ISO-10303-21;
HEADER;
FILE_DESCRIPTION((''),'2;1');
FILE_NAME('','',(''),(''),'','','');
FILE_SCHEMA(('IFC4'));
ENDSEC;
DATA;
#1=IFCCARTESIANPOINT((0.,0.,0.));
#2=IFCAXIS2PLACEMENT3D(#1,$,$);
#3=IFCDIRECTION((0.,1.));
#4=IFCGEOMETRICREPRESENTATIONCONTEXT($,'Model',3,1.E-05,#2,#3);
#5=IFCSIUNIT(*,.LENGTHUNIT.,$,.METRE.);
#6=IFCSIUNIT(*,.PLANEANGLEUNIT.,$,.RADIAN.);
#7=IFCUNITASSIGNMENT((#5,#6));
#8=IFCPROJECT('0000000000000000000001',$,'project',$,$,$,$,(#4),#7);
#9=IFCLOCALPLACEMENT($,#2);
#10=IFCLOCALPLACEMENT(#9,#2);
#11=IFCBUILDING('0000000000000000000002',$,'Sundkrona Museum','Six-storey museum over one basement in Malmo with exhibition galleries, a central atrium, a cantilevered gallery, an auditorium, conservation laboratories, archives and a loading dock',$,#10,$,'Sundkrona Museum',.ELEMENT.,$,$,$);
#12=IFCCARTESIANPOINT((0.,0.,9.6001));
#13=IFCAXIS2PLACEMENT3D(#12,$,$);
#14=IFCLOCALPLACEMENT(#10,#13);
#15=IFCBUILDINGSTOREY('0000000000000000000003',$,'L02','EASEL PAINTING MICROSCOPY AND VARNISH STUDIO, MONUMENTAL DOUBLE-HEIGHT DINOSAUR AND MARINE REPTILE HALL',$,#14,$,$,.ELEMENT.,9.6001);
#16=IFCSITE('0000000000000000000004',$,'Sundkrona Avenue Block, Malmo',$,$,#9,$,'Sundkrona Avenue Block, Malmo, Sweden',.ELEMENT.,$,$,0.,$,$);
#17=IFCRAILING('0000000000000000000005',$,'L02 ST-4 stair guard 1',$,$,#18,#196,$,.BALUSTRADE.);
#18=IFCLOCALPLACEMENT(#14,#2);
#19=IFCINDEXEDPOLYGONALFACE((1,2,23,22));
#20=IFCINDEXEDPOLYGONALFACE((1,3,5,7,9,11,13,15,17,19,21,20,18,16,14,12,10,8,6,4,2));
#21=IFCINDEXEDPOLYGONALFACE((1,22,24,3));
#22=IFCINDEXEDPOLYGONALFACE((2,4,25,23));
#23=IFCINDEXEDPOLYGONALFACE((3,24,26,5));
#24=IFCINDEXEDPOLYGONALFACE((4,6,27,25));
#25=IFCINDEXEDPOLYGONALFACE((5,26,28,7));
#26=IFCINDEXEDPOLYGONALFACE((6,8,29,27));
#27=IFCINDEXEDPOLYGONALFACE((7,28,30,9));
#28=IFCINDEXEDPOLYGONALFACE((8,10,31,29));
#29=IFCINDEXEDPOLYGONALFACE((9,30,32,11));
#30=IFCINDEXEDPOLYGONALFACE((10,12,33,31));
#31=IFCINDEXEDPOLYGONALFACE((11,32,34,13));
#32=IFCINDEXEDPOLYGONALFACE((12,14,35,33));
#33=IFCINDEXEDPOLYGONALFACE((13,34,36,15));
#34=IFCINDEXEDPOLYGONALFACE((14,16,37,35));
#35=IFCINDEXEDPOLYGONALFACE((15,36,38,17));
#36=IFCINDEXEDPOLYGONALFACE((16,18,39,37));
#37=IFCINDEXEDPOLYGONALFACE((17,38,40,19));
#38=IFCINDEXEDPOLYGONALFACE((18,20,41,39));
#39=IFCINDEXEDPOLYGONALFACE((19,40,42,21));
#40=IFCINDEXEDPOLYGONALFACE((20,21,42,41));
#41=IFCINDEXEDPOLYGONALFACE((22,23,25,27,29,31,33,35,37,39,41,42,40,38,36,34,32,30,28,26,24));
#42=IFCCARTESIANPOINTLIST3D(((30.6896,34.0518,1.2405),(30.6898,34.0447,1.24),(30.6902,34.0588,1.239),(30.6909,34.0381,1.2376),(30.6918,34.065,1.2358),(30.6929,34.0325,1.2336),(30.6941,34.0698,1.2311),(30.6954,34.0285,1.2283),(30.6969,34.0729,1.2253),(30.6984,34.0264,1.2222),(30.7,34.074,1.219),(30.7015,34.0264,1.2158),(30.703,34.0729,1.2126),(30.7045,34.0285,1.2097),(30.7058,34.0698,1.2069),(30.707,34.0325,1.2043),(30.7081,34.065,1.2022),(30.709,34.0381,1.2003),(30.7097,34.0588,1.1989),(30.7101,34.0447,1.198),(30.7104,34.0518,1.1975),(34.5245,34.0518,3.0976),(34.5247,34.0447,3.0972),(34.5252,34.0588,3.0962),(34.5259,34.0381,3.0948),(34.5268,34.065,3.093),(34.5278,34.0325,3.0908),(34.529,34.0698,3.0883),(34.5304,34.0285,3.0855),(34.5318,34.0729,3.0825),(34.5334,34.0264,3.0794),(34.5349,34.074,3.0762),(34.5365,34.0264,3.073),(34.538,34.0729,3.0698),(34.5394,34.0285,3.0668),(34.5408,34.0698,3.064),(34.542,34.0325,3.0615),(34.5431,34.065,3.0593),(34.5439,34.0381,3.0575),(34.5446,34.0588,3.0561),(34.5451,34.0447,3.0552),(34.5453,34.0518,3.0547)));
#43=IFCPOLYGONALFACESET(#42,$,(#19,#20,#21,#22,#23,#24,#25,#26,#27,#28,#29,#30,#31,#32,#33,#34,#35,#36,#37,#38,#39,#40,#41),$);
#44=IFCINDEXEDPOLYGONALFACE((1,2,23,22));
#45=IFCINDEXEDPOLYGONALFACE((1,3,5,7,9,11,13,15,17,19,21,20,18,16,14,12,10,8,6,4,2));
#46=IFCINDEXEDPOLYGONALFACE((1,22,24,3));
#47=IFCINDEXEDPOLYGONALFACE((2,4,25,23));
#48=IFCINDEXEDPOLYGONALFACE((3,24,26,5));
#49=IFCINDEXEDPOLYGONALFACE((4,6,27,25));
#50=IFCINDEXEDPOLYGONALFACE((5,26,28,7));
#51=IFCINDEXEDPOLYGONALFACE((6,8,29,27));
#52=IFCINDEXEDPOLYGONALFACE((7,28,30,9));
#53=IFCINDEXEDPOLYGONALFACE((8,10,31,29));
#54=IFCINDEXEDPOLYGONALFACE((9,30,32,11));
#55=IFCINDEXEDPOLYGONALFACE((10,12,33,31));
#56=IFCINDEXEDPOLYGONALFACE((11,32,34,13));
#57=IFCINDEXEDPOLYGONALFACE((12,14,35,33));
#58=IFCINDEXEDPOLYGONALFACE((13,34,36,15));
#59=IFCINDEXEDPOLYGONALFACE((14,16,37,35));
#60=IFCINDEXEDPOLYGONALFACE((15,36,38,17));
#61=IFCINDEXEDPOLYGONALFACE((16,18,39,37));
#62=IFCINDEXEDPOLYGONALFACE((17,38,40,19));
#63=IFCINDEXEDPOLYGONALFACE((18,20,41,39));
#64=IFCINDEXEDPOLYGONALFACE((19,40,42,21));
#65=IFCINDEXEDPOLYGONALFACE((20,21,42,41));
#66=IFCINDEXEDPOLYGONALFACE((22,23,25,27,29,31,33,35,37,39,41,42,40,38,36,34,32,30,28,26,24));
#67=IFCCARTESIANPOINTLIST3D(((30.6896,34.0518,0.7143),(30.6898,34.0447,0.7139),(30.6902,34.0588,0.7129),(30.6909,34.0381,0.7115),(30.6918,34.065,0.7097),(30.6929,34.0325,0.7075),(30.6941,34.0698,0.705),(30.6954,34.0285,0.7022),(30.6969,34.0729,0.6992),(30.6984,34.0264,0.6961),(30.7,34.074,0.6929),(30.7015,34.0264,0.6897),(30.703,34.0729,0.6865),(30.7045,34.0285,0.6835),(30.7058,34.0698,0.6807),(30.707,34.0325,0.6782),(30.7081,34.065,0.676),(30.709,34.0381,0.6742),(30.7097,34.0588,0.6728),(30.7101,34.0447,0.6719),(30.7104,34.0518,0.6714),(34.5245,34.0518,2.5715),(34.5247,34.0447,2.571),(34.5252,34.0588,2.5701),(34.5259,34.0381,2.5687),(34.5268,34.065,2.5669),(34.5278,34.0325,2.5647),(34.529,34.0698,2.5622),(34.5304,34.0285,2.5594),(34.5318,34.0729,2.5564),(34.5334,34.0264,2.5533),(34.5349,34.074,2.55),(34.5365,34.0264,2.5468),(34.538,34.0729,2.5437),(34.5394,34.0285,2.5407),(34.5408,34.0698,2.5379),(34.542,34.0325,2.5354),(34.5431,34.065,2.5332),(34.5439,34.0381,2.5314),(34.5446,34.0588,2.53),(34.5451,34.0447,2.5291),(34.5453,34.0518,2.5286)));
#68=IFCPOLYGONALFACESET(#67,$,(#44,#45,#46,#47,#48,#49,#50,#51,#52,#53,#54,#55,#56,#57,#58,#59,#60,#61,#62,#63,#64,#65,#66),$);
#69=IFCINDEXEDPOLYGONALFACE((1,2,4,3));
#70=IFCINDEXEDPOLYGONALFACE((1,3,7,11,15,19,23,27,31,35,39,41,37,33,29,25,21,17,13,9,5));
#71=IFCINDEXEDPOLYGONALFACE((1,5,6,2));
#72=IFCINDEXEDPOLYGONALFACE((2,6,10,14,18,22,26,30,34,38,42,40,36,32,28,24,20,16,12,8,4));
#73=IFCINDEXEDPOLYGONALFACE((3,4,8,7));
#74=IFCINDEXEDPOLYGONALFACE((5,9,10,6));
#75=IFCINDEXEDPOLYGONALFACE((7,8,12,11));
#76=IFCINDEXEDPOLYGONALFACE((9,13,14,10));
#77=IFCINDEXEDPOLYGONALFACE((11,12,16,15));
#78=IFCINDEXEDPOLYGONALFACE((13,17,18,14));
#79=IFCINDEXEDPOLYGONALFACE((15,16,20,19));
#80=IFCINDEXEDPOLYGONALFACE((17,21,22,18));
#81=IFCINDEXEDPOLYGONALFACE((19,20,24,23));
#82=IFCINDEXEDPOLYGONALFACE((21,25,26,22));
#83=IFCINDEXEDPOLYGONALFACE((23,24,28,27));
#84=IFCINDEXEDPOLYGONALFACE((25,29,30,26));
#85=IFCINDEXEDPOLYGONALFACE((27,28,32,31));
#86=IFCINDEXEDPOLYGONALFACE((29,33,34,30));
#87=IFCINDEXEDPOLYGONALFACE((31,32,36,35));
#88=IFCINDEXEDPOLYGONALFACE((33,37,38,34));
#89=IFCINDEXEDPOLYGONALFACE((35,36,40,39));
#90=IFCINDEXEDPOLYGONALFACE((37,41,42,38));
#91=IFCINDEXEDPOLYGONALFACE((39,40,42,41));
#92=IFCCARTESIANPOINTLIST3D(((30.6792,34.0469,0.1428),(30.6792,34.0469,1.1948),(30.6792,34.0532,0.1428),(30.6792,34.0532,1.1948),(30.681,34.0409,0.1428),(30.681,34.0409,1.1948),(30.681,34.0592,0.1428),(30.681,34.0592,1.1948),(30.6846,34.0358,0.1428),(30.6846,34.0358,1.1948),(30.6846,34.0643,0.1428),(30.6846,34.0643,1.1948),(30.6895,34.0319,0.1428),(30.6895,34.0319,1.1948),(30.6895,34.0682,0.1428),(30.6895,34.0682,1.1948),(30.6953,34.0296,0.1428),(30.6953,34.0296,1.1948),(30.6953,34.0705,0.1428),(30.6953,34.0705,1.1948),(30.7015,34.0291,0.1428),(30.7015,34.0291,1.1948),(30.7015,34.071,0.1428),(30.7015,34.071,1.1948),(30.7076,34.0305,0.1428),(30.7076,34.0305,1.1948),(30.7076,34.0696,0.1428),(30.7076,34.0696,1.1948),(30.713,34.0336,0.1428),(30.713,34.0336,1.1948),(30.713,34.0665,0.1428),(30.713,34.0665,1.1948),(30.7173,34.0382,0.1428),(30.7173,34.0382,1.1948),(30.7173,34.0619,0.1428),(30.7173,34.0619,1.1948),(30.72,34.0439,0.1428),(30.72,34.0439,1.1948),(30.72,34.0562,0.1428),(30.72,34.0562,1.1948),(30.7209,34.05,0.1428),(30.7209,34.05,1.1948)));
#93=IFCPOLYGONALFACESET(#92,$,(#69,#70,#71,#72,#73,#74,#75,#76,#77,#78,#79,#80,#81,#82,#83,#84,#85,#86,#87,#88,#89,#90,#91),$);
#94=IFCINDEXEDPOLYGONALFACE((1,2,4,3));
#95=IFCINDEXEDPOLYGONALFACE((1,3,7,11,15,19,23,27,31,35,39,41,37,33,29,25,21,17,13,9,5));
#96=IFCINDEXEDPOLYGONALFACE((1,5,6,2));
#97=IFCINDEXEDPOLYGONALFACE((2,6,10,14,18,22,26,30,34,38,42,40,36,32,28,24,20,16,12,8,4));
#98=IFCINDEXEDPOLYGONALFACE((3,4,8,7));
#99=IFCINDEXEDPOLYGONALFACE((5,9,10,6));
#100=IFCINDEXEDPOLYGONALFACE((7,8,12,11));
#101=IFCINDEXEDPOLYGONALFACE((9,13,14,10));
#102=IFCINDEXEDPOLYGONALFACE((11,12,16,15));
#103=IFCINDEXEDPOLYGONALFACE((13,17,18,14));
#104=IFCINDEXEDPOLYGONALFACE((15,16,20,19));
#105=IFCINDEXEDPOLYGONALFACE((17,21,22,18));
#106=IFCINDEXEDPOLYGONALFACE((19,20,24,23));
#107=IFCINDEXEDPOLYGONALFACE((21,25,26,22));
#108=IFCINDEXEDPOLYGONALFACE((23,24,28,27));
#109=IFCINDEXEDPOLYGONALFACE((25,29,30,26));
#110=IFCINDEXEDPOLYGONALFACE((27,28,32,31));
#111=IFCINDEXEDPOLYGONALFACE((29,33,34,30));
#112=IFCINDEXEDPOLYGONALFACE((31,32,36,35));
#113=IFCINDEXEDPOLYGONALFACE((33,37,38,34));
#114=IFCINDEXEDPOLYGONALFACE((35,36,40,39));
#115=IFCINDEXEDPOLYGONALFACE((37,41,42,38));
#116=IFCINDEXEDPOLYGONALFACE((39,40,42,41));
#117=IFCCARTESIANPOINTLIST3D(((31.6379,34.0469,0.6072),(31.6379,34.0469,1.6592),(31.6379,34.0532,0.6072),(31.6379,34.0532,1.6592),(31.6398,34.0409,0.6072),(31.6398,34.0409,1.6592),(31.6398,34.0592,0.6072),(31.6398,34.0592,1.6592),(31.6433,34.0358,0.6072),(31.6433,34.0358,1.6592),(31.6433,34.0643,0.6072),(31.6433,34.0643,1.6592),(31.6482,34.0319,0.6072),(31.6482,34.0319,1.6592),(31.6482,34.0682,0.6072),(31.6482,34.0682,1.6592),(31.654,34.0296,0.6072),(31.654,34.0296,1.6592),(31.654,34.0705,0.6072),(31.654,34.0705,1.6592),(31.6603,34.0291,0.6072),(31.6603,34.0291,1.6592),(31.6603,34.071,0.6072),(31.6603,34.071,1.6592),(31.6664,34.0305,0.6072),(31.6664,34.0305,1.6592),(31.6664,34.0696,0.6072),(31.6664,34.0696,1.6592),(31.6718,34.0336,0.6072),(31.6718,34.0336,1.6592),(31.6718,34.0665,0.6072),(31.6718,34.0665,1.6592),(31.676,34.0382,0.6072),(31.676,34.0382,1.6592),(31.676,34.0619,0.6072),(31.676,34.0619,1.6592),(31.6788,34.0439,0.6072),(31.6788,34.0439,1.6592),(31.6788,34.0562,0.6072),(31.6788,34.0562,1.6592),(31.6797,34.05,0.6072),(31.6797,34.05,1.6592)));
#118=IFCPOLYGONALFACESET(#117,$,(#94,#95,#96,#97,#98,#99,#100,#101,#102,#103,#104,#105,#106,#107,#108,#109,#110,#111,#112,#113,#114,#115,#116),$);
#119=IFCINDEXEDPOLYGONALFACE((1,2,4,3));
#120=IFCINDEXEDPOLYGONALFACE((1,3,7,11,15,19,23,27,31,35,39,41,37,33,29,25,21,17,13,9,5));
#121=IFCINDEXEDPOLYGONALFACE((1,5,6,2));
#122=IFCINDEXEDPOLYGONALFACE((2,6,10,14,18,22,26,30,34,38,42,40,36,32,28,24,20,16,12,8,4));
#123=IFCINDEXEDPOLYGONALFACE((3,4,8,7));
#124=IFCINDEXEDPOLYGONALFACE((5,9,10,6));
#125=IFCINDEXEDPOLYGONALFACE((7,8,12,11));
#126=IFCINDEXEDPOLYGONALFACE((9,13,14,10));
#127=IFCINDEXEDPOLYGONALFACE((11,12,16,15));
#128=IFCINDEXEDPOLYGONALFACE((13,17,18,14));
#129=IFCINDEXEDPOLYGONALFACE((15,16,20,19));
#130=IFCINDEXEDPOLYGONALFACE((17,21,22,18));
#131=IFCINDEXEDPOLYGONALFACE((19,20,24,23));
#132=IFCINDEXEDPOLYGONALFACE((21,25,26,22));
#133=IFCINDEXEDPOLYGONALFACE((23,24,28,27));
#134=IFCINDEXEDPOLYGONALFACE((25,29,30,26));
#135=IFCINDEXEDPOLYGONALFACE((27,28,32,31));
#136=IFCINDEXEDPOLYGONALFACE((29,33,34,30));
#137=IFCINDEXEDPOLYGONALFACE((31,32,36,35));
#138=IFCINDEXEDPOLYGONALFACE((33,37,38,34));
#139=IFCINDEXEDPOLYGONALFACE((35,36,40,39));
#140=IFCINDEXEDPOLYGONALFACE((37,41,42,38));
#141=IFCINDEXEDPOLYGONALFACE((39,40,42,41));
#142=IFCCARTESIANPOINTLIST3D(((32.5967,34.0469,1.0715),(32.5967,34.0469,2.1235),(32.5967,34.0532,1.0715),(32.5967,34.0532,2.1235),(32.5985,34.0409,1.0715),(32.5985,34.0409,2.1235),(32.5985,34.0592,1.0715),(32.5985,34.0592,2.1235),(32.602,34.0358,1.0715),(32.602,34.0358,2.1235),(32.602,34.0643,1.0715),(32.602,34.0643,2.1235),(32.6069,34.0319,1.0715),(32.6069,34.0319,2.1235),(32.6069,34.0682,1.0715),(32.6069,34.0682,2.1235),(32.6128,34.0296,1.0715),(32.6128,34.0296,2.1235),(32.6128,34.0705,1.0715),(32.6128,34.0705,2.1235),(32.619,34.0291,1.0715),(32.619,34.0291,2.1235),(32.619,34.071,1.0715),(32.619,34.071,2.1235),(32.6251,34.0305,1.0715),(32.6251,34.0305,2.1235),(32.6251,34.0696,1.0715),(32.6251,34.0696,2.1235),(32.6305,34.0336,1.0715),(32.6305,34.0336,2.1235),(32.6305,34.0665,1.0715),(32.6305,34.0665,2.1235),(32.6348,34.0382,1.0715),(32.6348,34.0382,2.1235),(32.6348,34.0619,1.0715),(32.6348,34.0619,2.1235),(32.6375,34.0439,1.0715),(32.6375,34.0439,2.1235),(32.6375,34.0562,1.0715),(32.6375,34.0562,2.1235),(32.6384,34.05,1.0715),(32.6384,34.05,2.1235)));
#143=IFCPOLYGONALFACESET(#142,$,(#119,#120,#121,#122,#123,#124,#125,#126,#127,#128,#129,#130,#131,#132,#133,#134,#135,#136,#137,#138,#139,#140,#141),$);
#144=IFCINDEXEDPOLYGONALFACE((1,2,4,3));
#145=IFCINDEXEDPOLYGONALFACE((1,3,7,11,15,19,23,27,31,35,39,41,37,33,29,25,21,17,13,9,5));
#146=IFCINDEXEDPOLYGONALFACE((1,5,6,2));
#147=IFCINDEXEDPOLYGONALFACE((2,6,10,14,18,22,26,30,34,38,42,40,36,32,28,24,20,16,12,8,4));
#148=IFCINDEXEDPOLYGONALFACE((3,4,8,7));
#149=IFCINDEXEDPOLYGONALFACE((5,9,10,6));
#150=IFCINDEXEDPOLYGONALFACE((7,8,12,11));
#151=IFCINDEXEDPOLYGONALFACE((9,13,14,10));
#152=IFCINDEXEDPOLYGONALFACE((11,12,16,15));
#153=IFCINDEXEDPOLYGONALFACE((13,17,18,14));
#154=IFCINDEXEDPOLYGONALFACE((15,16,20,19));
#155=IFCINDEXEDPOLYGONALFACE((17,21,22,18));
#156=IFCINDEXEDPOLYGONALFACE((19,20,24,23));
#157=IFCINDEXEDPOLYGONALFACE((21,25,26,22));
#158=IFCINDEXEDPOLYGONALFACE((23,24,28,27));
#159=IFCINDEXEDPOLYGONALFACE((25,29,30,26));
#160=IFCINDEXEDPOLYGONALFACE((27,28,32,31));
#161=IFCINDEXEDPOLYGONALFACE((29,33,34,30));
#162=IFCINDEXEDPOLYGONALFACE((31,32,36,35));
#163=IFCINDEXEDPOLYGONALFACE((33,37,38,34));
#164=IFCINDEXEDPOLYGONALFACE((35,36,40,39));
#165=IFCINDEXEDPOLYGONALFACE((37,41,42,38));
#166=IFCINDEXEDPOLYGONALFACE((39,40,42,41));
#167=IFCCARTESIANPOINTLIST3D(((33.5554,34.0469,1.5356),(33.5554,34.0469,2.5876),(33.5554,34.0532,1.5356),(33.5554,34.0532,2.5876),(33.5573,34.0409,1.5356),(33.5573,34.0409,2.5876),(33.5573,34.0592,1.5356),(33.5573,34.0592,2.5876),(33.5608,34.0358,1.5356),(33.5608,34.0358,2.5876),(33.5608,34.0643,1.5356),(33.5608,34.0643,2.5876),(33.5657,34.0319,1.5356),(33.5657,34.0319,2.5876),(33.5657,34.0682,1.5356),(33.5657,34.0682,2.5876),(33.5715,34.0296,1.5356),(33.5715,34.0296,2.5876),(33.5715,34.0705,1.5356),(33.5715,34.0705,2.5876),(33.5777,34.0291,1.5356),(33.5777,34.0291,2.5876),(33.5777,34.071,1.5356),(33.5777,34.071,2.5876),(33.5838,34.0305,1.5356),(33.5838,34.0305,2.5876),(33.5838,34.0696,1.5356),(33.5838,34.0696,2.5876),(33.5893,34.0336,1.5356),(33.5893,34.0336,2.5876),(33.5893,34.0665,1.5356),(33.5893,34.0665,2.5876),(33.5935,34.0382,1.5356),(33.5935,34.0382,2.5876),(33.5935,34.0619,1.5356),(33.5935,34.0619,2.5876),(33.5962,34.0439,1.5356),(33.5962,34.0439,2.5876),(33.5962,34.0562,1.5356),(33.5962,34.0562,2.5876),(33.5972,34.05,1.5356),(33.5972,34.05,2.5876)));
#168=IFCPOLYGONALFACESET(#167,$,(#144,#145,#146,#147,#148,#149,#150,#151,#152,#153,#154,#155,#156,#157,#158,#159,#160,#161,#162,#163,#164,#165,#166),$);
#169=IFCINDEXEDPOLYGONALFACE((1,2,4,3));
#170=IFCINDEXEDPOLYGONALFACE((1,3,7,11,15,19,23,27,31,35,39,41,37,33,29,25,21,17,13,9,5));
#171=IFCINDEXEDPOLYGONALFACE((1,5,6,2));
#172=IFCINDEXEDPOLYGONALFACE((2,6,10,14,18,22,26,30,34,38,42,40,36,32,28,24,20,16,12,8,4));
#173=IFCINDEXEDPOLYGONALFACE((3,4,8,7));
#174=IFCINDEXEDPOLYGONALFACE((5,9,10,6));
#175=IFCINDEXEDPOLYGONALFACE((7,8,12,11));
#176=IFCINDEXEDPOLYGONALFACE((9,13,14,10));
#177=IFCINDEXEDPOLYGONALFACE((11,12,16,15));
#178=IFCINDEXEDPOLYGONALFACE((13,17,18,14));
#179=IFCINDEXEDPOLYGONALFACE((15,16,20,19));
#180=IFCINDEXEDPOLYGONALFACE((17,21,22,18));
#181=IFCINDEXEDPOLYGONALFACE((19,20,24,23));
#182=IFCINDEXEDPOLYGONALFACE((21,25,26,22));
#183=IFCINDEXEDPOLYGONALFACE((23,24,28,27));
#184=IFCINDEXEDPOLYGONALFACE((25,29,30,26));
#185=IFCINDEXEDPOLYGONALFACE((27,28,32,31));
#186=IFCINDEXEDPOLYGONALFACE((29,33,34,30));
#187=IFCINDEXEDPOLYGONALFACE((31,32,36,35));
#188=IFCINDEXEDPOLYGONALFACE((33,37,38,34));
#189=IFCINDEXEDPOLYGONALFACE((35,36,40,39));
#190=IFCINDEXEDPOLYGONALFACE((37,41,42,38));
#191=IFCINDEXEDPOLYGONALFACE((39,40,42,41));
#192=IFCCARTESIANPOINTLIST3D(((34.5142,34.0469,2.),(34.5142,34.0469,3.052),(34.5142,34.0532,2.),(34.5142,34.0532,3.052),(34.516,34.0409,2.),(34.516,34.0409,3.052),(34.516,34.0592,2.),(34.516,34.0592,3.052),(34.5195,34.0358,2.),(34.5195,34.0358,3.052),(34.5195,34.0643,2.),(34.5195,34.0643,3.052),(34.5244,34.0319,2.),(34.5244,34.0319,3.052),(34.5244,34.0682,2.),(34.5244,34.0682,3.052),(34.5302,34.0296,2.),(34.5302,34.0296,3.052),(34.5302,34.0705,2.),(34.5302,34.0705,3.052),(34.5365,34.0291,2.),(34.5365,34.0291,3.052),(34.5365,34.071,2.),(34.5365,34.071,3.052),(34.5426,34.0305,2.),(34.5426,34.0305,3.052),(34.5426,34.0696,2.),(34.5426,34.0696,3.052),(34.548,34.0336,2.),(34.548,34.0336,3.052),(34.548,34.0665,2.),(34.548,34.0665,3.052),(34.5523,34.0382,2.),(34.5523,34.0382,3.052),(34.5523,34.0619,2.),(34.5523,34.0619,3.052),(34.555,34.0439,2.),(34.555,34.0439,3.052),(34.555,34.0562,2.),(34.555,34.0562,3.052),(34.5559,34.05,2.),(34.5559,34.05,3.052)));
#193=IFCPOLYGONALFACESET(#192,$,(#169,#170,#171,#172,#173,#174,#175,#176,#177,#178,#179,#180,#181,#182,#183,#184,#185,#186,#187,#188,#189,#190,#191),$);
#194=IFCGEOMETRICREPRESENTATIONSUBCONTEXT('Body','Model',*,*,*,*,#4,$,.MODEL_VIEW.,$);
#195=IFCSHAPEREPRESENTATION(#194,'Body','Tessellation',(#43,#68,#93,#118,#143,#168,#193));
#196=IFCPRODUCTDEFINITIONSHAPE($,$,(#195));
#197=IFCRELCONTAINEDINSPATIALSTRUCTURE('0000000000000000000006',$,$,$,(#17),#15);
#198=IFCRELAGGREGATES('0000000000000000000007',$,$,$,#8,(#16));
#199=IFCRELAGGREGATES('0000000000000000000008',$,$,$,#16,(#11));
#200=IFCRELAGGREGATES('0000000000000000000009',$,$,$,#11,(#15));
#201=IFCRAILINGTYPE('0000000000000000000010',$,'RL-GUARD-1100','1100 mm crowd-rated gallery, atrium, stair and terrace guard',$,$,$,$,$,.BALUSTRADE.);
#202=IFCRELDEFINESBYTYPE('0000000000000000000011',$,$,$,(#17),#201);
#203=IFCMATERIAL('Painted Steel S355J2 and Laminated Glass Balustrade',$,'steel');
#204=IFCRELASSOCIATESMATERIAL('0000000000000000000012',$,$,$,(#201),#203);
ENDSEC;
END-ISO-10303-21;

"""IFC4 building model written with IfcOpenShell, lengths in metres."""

from ifc_helpers import new_model, si_unit, direction, frame, origin, origin_2d, place, context, subcontext, project, spatial, circle, extrude, material, type_object, element, save


model = new_model("IFC4")

# Units and contexts
model_context = context("Model", 3, precision=1e-05, world=origin(), true_north=direction((0.0, 1.0)))
body_context = subcontext(model_context, "Body", "Model", "MODEL_VIEW")
ifc_project = project(units=[si_unit("LENGTHUNIT", "METRE"), si_unit("PLANEANGLEUNIT", "RADIAN")], contexts=[model_context])

# Site, building, storey
site_placement = place(None, origin())
site = spatial("IfcSite", under=ifc_project, at=site_placement, Name="Sundkrona Avenue Block, Malmo", LongName="Sundkrona Avenue Block, Malmo, Sweden", CompositionType="ELEMENT", RefElevation=0.0)
building_placement = place(site_placement, origin())
building = spatial("IfcBuilding", under=site, at=building_placement, Name="Sundkrona Museum", Description="Six-storey museum over one basement in Malmo with exhibition galleries, a central atrium, a cantilevered gallery, an auditorium, conservation laboratories, archives and a loading dock", LongName="Sundkrona Museum", CompositionType="ELEMENT")
storey_placement = place(building_placement, frame((0.0, 0.0, 9.6001)))
storey = spatial("IfcBuildingStorey", under=building, at=storey_placement, Name="L02", Description="EASEL PAINTING MICROSCOPY AND VARNISH STUDIO, MONUMENTAL DOUBLE-HEIGHT DINOSAUR AND MARINE REPTILE HALL", CompositionType="ELEMENT", Elevation=9.6001)

# Railing
ifc_material_1 = material(Name="Painted Steel S355J2 and Laminated Glass Balustrade", Category="steel")
railing_type_1 = type_object("IfcRailingType", Name="RL-GUARD-1100", Description="1100 mm crowd-rated gallery, atrium, stair and terrace guard", PredefinedType="BALUSTRADE", material=ifc_material_1)
railing_1_placement = place(storey_placement, frame((30.7, 34.05, 0.1428)))
element("IfcRailing", 1, at=railing_1_placement, inside=storey, type_object=railing_type_1, Name="L02 ST-4 stair guard 1", PredefinedType="BALUSTRADE", context=body_context, shape_type="SweptSolid", body=[
    extrude(circle(Radius=0.0239, at=origin_2d()), frame((0.0, 0.0, 1.0762), z_axis=(0.900016, 0.0, 0.435856), x_axis=(0.0, 1.0, 0.0)), (0.0, 0.0, 1.0), 4.261),
    extrude(circle(Radius=0.0239, at=origin_2d()), frame((0.0, 0.0, 0.55), z_axis=(0.900016, 0.0, 0.435856), x_axis=(0.0, 1.0, 0.0)), (0.0, 0.0, 1.0), 4.261),
    extrude(circle(Radius=0.021, at=origin_2d()), origin(), (0.0, 0.0, 1.0), 1.052),
    extrude(circle(Radius=0.021, at=origin_2d()), frame((0.9587, 0.0, 0.4644)), (0.0, 0.0, 1.0), 1.052),
    extrude(circle(Radius=0.021, at=origin_2d()), frame((1.9175, 0.0, 0.9287)), (0.0, 0.0, 1.0), 1.052),
    extrude(circle(Radius=0.021, at=origin_2d()), frame((2.8762, 0.0, 1.3928)), (0.0, 0.0, 1.0), 1.052),
    extrude(circle(Radius=0.021, at=origin_2d()), frame((3.835, 0.0, 1.8572)), (0.0, 0.0, 1.0), 1.052),
])

save(model, "model.ifc")
